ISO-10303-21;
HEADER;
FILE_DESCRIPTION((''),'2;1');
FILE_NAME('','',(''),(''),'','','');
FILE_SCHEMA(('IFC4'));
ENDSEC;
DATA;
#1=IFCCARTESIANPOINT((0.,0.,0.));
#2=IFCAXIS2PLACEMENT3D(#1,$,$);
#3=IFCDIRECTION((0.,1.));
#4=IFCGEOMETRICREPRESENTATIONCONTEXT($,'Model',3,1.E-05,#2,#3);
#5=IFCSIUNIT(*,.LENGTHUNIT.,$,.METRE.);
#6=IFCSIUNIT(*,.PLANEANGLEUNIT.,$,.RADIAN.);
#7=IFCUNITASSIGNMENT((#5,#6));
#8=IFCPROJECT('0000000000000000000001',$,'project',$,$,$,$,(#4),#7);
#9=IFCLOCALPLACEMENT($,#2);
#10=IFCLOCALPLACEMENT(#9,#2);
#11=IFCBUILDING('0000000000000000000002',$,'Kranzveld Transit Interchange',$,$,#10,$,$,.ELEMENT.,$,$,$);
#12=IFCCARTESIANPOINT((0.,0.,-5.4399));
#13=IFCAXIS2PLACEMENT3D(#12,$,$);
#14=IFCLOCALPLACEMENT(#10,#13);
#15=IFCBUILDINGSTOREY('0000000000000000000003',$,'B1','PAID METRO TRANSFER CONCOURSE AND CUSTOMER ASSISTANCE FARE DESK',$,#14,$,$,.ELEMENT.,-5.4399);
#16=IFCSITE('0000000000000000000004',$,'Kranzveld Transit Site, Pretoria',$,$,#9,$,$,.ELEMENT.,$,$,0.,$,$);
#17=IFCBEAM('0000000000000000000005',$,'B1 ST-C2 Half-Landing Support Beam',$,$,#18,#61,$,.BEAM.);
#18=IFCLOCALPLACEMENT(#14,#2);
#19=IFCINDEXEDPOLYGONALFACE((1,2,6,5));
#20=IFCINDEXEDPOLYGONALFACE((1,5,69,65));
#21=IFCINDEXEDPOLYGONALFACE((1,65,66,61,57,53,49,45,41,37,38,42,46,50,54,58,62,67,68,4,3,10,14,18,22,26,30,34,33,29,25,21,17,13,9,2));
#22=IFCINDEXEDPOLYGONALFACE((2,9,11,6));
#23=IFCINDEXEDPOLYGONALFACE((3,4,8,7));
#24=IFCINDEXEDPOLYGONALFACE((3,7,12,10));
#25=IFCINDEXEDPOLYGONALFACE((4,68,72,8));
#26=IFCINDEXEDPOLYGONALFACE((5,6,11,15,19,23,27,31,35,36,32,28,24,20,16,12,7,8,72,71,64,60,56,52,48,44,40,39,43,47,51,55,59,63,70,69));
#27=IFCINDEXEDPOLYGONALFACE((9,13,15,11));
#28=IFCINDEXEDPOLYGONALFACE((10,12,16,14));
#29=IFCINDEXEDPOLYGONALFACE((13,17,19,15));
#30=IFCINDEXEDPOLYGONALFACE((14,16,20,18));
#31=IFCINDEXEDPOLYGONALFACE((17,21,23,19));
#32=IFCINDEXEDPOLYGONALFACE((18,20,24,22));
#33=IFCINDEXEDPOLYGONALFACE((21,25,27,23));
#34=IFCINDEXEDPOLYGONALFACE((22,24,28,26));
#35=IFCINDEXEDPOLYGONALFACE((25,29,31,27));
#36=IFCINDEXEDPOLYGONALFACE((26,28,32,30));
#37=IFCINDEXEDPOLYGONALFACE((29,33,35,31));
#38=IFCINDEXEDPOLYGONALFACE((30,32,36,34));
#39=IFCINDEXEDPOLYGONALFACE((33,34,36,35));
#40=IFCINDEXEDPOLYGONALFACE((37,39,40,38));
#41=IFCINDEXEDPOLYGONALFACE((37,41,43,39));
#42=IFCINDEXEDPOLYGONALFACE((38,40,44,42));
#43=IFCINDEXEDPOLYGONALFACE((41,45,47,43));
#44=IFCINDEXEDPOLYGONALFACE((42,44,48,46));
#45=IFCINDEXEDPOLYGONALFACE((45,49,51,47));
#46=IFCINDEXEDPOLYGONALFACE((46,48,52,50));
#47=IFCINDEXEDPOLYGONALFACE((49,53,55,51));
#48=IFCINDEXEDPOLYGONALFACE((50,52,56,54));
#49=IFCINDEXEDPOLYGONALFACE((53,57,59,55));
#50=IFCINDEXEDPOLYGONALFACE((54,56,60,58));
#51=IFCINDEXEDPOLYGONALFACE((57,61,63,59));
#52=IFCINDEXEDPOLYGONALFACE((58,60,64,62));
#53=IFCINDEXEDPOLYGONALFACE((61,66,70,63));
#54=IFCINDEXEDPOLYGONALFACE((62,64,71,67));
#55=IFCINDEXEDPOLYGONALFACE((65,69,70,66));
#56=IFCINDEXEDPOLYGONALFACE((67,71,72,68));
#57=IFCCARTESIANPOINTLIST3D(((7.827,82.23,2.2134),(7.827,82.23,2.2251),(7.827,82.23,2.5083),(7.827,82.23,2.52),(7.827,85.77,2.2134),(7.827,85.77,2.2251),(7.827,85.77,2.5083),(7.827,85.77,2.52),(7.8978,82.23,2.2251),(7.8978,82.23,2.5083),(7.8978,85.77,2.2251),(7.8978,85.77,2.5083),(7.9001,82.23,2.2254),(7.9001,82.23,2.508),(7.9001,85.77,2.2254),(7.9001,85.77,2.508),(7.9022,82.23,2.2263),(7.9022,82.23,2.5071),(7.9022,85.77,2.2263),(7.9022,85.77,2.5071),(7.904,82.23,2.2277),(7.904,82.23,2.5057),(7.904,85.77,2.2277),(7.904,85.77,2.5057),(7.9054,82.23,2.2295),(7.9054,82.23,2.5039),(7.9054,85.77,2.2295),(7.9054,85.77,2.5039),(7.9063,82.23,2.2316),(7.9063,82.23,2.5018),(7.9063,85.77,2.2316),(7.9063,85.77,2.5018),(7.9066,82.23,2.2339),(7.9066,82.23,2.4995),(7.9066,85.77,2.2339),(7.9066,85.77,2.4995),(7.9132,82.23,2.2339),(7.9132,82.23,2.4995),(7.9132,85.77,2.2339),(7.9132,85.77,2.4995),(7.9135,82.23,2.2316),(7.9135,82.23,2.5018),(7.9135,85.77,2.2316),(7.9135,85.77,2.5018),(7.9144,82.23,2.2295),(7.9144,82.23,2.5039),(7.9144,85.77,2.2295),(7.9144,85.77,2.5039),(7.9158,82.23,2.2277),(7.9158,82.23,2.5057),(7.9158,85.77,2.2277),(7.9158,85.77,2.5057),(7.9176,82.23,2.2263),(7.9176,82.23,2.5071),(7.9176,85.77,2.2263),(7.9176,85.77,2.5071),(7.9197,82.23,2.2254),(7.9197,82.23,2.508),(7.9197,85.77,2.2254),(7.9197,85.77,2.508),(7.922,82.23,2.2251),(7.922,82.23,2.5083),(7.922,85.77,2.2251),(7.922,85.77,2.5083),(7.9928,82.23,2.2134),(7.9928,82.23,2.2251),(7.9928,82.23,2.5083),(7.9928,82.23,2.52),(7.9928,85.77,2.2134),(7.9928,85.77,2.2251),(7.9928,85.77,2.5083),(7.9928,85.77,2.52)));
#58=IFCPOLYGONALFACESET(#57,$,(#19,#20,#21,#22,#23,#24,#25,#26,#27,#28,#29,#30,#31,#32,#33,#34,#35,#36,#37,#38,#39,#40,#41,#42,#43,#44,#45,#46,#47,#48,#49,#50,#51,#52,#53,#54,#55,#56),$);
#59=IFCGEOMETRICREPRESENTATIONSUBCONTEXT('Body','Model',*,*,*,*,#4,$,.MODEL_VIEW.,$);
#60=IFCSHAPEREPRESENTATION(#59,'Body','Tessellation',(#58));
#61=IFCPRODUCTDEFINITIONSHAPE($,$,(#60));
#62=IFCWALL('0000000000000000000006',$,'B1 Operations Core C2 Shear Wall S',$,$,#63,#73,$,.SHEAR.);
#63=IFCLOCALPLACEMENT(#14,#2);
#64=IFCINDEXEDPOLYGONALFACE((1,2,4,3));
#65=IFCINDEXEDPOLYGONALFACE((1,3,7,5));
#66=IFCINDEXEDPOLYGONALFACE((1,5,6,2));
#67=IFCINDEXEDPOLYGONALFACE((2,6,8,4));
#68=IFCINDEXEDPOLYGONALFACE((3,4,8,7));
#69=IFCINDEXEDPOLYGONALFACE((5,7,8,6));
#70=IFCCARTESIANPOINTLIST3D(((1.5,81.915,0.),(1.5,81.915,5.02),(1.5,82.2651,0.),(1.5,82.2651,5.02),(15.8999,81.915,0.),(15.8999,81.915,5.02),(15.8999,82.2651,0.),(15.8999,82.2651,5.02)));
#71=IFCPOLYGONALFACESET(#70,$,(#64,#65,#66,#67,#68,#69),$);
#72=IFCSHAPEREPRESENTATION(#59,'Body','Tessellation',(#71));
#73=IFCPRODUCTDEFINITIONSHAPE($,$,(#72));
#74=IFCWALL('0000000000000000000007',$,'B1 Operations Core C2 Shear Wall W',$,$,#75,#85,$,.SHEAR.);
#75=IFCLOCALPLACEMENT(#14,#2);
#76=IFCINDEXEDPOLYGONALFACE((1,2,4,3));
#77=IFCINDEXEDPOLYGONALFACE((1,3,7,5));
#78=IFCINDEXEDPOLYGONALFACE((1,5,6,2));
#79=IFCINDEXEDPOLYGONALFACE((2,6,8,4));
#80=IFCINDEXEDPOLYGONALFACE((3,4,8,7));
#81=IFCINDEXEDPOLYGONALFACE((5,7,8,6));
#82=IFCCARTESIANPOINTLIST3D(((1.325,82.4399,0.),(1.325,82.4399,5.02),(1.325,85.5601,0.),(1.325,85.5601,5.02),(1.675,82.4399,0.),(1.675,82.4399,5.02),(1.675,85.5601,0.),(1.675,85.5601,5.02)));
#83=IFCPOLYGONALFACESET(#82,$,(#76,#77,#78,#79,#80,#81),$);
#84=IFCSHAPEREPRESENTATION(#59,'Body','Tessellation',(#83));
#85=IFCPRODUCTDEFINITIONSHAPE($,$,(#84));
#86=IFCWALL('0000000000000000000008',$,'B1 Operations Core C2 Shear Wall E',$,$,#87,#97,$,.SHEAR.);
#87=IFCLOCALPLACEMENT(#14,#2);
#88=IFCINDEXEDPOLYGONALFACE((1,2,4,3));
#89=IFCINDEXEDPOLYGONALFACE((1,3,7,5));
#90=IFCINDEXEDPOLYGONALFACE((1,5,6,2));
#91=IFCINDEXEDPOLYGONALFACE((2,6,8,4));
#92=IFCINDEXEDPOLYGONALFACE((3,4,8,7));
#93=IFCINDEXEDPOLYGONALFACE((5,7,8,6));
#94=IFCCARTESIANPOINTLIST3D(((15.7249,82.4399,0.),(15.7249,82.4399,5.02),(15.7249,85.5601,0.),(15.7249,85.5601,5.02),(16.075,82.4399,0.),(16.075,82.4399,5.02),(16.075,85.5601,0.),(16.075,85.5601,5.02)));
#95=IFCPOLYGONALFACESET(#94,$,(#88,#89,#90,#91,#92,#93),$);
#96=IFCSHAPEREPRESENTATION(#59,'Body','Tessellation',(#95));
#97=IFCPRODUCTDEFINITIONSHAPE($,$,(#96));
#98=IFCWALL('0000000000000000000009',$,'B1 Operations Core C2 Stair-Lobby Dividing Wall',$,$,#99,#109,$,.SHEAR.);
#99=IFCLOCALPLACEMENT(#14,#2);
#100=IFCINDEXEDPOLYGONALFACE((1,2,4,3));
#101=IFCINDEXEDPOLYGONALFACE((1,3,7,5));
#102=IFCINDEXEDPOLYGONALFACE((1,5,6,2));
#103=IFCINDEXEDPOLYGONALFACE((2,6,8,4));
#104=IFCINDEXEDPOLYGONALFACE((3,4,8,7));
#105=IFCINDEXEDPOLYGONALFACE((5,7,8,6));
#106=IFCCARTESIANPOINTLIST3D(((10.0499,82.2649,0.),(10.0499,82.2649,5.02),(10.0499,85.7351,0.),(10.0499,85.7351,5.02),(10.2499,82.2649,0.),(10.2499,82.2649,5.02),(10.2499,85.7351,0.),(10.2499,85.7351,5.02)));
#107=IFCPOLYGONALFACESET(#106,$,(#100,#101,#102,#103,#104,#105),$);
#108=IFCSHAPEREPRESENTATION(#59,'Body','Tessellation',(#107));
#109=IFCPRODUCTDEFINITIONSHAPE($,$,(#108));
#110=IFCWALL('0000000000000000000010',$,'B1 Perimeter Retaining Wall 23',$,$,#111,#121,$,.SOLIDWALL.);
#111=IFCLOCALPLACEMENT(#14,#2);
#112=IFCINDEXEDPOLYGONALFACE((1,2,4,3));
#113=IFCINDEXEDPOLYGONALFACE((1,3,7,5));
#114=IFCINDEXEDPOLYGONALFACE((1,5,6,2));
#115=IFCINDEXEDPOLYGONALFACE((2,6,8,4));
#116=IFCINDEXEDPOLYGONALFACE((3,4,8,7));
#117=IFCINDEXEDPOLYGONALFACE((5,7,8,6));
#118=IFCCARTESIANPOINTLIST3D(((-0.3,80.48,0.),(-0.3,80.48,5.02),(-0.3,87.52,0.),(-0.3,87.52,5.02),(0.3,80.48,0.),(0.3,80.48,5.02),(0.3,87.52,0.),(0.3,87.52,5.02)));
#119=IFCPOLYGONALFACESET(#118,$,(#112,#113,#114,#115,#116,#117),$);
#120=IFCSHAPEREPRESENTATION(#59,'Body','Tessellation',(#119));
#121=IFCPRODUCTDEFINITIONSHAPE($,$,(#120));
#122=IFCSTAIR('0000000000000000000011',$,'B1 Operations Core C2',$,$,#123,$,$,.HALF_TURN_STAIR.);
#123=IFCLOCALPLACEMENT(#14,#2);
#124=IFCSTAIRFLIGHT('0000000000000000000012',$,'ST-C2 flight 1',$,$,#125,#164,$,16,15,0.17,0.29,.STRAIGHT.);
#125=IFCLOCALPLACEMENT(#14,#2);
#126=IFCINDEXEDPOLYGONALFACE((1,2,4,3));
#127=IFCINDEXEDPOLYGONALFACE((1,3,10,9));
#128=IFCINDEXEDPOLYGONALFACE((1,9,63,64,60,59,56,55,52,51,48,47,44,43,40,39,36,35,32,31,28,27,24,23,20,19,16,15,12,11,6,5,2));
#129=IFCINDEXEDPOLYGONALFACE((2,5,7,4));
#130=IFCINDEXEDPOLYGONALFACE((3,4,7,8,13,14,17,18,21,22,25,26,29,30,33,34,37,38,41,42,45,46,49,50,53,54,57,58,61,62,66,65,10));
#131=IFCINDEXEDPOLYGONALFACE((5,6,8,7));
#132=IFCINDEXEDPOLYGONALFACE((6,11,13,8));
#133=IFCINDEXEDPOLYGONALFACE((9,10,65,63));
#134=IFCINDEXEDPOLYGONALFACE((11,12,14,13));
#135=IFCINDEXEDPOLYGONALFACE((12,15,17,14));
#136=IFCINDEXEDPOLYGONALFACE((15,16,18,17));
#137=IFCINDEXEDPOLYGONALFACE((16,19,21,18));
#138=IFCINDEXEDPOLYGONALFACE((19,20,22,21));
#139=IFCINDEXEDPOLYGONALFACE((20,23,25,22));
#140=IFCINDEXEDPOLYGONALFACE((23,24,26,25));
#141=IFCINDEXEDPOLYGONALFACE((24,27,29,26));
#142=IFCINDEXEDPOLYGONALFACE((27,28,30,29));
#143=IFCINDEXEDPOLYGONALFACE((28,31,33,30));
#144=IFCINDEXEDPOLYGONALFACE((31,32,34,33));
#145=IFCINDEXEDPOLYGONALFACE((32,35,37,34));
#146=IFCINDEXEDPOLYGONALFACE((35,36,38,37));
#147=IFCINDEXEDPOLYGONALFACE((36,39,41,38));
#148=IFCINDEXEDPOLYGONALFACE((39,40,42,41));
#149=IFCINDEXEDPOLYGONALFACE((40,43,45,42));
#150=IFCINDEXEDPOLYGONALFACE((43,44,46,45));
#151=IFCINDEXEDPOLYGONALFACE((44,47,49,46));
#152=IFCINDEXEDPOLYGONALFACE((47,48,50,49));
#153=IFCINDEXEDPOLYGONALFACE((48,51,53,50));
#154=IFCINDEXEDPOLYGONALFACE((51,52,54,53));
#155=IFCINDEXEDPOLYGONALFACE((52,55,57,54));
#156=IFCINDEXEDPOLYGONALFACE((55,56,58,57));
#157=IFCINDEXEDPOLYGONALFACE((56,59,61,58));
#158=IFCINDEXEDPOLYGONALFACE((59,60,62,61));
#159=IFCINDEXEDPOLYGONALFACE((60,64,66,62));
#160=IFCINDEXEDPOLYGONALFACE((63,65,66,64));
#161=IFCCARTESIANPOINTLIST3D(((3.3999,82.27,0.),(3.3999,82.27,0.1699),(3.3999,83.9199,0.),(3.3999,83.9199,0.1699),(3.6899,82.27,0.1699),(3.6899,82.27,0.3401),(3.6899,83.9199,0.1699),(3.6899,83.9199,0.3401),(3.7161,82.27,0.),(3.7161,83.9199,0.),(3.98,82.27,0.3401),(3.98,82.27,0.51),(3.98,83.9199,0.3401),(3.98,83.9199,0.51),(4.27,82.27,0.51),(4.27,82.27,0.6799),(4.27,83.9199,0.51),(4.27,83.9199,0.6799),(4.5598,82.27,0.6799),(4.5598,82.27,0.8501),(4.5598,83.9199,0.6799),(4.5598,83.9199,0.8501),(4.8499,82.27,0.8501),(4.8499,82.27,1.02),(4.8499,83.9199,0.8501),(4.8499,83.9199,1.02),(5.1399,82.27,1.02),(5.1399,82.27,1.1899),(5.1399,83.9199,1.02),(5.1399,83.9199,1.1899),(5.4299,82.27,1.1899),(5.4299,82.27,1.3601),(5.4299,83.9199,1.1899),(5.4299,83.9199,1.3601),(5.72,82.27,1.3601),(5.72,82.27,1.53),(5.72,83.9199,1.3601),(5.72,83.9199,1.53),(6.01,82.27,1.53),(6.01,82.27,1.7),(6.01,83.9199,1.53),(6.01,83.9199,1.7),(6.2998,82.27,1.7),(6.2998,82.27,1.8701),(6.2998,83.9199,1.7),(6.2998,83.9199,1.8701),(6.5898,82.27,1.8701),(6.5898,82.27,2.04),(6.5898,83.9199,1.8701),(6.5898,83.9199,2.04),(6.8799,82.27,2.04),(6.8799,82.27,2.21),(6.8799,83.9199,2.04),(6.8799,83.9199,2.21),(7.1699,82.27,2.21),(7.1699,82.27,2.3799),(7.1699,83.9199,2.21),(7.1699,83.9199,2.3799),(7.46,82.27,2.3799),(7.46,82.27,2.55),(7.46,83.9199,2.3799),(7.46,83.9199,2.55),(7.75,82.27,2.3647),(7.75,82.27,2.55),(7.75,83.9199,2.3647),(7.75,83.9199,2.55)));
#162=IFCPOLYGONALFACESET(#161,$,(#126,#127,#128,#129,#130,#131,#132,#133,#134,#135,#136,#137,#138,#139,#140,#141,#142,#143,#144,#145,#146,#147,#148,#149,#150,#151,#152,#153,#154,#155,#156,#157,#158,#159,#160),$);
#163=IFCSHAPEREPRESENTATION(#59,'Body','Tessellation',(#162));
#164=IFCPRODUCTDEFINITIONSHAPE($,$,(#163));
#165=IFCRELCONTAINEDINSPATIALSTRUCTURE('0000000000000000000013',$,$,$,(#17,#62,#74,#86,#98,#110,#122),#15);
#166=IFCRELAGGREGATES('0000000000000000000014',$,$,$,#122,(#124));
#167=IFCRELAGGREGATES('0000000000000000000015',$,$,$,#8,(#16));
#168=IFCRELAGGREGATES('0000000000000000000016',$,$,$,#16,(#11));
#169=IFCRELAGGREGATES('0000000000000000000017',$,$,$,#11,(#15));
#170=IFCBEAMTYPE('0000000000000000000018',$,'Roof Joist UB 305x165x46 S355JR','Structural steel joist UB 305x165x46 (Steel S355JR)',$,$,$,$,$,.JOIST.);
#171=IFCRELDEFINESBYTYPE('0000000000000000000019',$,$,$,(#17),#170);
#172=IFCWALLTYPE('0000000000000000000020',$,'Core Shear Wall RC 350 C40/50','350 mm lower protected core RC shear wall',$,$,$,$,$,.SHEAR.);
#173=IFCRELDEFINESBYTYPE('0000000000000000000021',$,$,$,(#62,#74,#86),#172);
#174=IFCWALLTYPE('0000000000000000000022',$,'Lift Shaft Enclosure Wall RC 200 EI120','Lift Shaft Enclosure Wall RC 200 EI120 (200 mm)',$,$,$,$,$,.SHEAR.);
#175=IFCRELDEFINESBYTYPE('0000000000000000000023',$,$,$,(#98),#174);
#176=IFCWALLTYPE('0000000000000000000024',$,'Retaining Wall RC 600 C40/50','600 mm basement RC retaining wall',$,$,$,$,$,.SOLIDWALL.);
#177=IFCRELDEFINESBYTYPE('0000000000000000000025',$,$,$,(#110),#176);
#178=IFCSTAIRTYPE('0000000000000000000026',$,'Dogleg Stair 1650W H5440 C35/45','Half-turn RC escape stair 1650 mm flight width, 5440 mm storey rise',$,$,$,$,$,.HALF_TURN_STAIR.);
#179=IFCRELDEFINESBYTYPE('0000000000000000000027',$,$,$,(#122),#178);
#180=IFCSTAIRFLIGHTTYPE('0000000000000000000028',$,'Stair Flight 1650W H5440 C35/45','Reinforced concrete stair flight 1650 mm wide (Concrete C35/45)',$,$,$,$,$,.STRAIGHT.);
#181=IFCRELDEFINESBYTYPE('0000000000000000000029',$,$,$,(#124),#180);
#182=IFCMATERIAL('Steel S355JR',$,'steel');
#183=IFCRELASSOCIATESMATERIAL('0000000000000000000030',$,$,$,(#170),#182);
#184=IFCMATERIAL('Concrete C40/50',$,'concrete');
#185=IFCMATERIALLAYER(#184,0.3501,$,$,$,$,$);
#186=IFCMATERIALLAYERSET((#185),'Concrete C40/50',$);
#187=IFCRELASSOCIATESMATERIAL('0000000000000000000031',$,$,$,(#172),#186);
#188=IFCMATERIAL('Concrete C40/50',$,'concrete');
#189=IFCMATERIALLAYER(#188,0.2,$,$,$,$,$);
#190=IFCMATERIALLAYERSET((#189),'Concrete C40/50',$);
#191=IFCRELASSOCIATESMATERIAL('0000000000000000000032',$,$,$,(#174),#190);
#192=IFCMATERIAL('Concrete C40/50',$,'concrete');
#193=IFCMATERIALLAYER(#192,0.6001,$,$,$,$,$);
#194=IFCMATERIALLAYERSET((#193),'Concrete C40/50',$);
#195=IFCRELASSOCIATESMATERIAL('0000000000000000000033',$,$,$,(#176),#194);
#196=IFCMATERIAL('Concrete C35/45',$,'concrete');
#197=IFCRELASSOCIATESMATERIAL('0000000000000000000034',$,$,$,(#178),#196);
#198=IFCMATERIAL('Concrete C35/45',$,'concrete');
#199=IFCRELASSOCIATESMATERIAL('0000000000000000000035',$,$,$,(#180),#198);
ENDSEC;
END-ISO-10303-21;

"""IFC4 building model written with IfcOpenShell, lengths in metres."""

from ifc_helpers import new_model, si_unit, direction, frame, frame_2d, origin, origin_2d, place, context, subcontext, project, spatial, polyline, rectangle, i_section, outline, extrude, material, layer, layer_set, material_profile, profile_set, type_object, element, aggregate, save


model = new_model("IFC4")

# Units and contexts
model_context = context("Model", 3, precision=1e-05, world=origin(), true_north=direction((0.0, 1.0)))
body_context = subcontext(model_context, "Body", "Model", "MODEL_VIEW")
ifc_project = project(units=[si_unit("LENGTHUNIT", "METRE"), si_unit("PLANEANGLEUNIT", "RADIAN")], contexts=[model_context])

# Site, building, storey
site_placement = place(None, origin())
site = spatial("IfcSite", under=ifc_project, at=site_placement, Name="Kranzveld Transit Site, Pretoria", CompositionType="ELEMENT", RefElevation=0.0)
building_placement = place(site_placement, origin())
building = spatial("IfcBuilding", under=site, at=building_placement, Name="Kranzveld Transit Interchange", CompositionType="ELEMENT")
storey_placement = place(building_placement, frame((0.0, 0.0, -5.4399)))
storey = spatial("IfcBuildingStorey", under=building, at=storey_placement, Name="B1", Description="PAID METRO TRANSFER CONCOURSE AND CUSTOMER ASSISTANCE FARE DESK", CompositionType="ELEMENT", Elevation=-5.4399)

# Beam
ifc_material_1 = material(Name="Steel S355JR", Category="steel")
ifc_material_profile_1 = material_profile(ifc_material_1, i_section(OverallWidth=0.1658, OverallDepth=0.3066, WebThickness=0.0066, FlangeThickness=0.0117, FilletRadius=0.0088, at=origin_2d()), Name="UB 305x165x46")
ifc_profile_set_1 = profile_set([ifc_material_profile_1], Name="Steel S355JR")
beam_type_1 = type_object("IfcBeamType", Name="Roof Joist UB 305x165x46 S355JR", Description="Structural steel joist UB 305x165x46 (Steel S355JR)", PredefinedType="JOIST", material=ifc_profile_set_1)
beam_1_placement = place(storey_placement, frame((7.9099, 82.23, 2.3667), z_axis=(0.0, 1.0, 0.0), x_axis=(-1.0, 0.0, 0.0)))
element("IfcBeam", 1, at=beam_1_placement, inside=storey, type_object=beam_type_1, Name="B1 ST-C2 Half-Landing Support Beam", PredefinedType="BEAM", context=body_context, shape_type="SweptSolid", body=[
    extrude(i_section(OverallWidth=0.1658, OverallDepth=0.3066, WebThickness=0.0066, FlangeThickness=0.0117, FilletRadius=0.0088, at=origin_2d()), origin(), (0.0, 0.0, 1.0), 3.54),
])

# Walls
ifc_material_2 = material(Name="Concrete C40/50", Category="concrete")
ifc_layer_1 = layer(ifc_material_2, 0.3501)
ifc_layer_set_1 = layer_set([ifc_layer_1], Name="Concrete C40/50")
wall_type_1 = type_object("IfcWallType", Name="Core Shear Wall RC 350 C40/50", Description="350 mm lower protected core RC shear wall", PredefinedType="SHEAR", material=ifc_layer_set_1)
wall_1_placement = place(storey_placement, frame((1.5, 82.0901, 0.0), z_axis=(0.0, 0.0, 1.0), x_axis=(1.0, 0.0, 0.0)))
element("IfcWall", 2, at=wall_1_placement, inside=storey, type_object=wall_type_1, Name="B1 Operations Core C2 Shear Wall S", PredefinedType="SHEAR", context=body_context, shape_type="SweptSolid", body=[
    extrude(rectangle(XDim=14.3999, YDim=0.3501, at=frame_2d((7.2, 0.0))), origin(), (0.0, 0.0, 1.0), 5.02),
])
for number, where, z_axis, x_axis, name in (
    (3, (1.5, 82.4399, 0.0), (0.0, 0.0, 1.0), (0.0, 1.0, 0.0), "B1 Operations Core C2 Shear Wall W"),
    (4, (15.8999, 82.4399, 0.0), (0.0, 0.0, 1.0), (0.0, 1.0, 0.0), "B1 Operations Core C2 Shear Wall E"),
):
    element("IfcWall", number, at=place(storey_placement, frame(where, z_axis=z_axis, x_axis=x_axis)), inside=storey, type_object=wall_type_1, Name=name, PredefinedType="SHEAR", context=body_context, shape_type="SweptSolid", body=[
        extrude(rectangle(XDim=3.1201, YDim=0.3501, at=frame_2d((1.5601, 0.0))), origin(), (0.0, 0.0, 1.0), 5.02),
    ])
ifc_material_3 = material(Name="Concrete C40/50", Category="concrete")
ifc_layer_2 = layer(ifc_material_3, 0.2)
ifc_layer_set_2 = layer_set([ifc_layer_2], Name="Concrete C40/50")
wall_type_2 = type_object("IfcWallType", Name="Lift Shaft Enclosure Wall RC 200 EI120", Description="Lift Shaft Enclosure Wall RC 200 EI120 (200 mm)", PredefinedType="SHEAR", material=ifc_layer_set_2)
wall_2_placement = place(storey_placement, frame((10.1499, 82.2649, 0.0), z_axis=(0.0, 0.0, 1.0), x_axis=(0.0, 1.0, 0.0)))
element("IfcWall", 5, at=wall_2_placement, inside=storey, type_object=wall_type_2, Name="B1 Operations Core C2 Stair-Lobby Dividing Wall", PredefinedType="SHEAR", context=body_context, shape_type="SweptSolid", body=[
    extrude(rectangle(XDim=3.4702, YDim=0.2, at=frame_2d((1.7351, 0.0))), origin(), (0.0, 0.0, 1.0), 5.02),
])

# Wall
ifc_material_4 = material(Name="Concrete C40/50", Category="concrete")
ifc_layer_3 = layer(ifc_material_4, 0.6001)
ifc_layer_set_3 = layer_set([ifc_layer_3], Name="Concrete C40/50")
wall_type_3 = type_object("IfcWallType", Name="Retaining Wall RC 600 C40/50", Description="600 mm basement RC retaining wall", PredefinedType="SOLIDWALL", material=ifc_layer_set_3)
wall_3_placement = place(storey_placement, frame((0.0, 80.48, 0.0), z_axis=(0.0, 0.0, 1.0), x_axis=(0.0, 1.0, 0.0)))
element("IfcWall", 6, at=wall_3_placement, inside=storey, type_object=wall_type_3, Name="B1 Perimeter Retaining Wall 23", PredefinedType="SOLIDWALL", context=body_context, shape_type="SweptSolid", body=[
    extrude(rectangle(XDim=7.04, YDim=0.6001, at=frame_2d((3.52, 0.0))), origin(), (0.0, 0.0, 1.0), 5.02),
])

# Stair, stair flight
ifc_material_5 = material(Name="Concrete C35/45", Category="concrete")
stair_type = type_object("IfcStairType", Name="Dogleg Stair 1650W H5440 C35/45", Description="Half-turn RC escape stair 1650 mm flight width, 5440 mm storey rise", PredefinedType="HALF_TURN_STAIR", material=ifc_material_5)
stair_placement = place(storey_placement, origin())
stair = element("IfcStair", 7, at=stair_placement, inside=storey, type_object=stair_type, Name="B1 Operations Core C2", PredefinedType="HALF_TURN_STAIR")
ifc_material_6 = material(Name="Concrete C35/45", Category="concrete")
stair_flight_type = type_object("IfcStairFlightType", Name="Stair Flight 1650W H5440 C35/45", Description="Reinforced concrete stair flight 1650 mm wide (Concrete C35/45)", PredefinedType="STRAIGHT", material=ifc_material_6)
stair_flight_placement = place(storey_placement, frame((3.3999, 83.095, 0.0), z_axis=(0.0, 0.0, 1.0), x_axis=(1.0, 0.0, 0.0)))
stair_flight = element("IfcStairFlight", 8, at=stair_flight_placement, type_object=stair_flight_type, Name="ST-C2 flight 1", NumberOfRisers=16, NumberOfTreads=15, PredefinedType="STRAIGHT", RiserHeight=0.17, TreadLength=0.29, context=body_context, shape_type="SweptSolid", body=[
    extrude(outline(polyline([(0.0, 0.0), (0.0, 0.1699), (0.29, 0.1699), (0.29, 0.3401), (0.5801, 0.3401), (0.5801, 0.51), (0.8701, 0.51), (0.8701, 0.6799), (1.1599, 0.6799), (1.1599, 0.8501), (1.45, 0.8501), (1.45, 1.02), (1.74, 1.02), (1.74, 1.1899), (2.03, 1.1899), (2.03, 1.3601), (2.3201, 1.3601), (2.3201, 1.53), (2.6101, 1.53), (2.6101, 1.7), (2.8999, 1.7), (2.8999, 1.8701), (3.1899, 1.8701), (3.1899, 2.04), (3.48, 2.04), (3.48, 2.21), (3.77, 2.21), (3.77, 2.3799), (4.0601, 2.3799), (4.0601, 2.55), (4.3501, 2.55), (4.3501, 2.72), (4.3501, 2.3647), (0.3162, 0.0), (0.0, 0.0)])), frame((0.0, 0.825, 0.0), z_axis=(0.0, -1.0, 0.0), x_axis=(1.0, 0.0, 0.0)), (0.0, 0.0, 1.0), 1.6499),
])
aggregate(stair, [stair_flight])

save(model, "model.ifc")
